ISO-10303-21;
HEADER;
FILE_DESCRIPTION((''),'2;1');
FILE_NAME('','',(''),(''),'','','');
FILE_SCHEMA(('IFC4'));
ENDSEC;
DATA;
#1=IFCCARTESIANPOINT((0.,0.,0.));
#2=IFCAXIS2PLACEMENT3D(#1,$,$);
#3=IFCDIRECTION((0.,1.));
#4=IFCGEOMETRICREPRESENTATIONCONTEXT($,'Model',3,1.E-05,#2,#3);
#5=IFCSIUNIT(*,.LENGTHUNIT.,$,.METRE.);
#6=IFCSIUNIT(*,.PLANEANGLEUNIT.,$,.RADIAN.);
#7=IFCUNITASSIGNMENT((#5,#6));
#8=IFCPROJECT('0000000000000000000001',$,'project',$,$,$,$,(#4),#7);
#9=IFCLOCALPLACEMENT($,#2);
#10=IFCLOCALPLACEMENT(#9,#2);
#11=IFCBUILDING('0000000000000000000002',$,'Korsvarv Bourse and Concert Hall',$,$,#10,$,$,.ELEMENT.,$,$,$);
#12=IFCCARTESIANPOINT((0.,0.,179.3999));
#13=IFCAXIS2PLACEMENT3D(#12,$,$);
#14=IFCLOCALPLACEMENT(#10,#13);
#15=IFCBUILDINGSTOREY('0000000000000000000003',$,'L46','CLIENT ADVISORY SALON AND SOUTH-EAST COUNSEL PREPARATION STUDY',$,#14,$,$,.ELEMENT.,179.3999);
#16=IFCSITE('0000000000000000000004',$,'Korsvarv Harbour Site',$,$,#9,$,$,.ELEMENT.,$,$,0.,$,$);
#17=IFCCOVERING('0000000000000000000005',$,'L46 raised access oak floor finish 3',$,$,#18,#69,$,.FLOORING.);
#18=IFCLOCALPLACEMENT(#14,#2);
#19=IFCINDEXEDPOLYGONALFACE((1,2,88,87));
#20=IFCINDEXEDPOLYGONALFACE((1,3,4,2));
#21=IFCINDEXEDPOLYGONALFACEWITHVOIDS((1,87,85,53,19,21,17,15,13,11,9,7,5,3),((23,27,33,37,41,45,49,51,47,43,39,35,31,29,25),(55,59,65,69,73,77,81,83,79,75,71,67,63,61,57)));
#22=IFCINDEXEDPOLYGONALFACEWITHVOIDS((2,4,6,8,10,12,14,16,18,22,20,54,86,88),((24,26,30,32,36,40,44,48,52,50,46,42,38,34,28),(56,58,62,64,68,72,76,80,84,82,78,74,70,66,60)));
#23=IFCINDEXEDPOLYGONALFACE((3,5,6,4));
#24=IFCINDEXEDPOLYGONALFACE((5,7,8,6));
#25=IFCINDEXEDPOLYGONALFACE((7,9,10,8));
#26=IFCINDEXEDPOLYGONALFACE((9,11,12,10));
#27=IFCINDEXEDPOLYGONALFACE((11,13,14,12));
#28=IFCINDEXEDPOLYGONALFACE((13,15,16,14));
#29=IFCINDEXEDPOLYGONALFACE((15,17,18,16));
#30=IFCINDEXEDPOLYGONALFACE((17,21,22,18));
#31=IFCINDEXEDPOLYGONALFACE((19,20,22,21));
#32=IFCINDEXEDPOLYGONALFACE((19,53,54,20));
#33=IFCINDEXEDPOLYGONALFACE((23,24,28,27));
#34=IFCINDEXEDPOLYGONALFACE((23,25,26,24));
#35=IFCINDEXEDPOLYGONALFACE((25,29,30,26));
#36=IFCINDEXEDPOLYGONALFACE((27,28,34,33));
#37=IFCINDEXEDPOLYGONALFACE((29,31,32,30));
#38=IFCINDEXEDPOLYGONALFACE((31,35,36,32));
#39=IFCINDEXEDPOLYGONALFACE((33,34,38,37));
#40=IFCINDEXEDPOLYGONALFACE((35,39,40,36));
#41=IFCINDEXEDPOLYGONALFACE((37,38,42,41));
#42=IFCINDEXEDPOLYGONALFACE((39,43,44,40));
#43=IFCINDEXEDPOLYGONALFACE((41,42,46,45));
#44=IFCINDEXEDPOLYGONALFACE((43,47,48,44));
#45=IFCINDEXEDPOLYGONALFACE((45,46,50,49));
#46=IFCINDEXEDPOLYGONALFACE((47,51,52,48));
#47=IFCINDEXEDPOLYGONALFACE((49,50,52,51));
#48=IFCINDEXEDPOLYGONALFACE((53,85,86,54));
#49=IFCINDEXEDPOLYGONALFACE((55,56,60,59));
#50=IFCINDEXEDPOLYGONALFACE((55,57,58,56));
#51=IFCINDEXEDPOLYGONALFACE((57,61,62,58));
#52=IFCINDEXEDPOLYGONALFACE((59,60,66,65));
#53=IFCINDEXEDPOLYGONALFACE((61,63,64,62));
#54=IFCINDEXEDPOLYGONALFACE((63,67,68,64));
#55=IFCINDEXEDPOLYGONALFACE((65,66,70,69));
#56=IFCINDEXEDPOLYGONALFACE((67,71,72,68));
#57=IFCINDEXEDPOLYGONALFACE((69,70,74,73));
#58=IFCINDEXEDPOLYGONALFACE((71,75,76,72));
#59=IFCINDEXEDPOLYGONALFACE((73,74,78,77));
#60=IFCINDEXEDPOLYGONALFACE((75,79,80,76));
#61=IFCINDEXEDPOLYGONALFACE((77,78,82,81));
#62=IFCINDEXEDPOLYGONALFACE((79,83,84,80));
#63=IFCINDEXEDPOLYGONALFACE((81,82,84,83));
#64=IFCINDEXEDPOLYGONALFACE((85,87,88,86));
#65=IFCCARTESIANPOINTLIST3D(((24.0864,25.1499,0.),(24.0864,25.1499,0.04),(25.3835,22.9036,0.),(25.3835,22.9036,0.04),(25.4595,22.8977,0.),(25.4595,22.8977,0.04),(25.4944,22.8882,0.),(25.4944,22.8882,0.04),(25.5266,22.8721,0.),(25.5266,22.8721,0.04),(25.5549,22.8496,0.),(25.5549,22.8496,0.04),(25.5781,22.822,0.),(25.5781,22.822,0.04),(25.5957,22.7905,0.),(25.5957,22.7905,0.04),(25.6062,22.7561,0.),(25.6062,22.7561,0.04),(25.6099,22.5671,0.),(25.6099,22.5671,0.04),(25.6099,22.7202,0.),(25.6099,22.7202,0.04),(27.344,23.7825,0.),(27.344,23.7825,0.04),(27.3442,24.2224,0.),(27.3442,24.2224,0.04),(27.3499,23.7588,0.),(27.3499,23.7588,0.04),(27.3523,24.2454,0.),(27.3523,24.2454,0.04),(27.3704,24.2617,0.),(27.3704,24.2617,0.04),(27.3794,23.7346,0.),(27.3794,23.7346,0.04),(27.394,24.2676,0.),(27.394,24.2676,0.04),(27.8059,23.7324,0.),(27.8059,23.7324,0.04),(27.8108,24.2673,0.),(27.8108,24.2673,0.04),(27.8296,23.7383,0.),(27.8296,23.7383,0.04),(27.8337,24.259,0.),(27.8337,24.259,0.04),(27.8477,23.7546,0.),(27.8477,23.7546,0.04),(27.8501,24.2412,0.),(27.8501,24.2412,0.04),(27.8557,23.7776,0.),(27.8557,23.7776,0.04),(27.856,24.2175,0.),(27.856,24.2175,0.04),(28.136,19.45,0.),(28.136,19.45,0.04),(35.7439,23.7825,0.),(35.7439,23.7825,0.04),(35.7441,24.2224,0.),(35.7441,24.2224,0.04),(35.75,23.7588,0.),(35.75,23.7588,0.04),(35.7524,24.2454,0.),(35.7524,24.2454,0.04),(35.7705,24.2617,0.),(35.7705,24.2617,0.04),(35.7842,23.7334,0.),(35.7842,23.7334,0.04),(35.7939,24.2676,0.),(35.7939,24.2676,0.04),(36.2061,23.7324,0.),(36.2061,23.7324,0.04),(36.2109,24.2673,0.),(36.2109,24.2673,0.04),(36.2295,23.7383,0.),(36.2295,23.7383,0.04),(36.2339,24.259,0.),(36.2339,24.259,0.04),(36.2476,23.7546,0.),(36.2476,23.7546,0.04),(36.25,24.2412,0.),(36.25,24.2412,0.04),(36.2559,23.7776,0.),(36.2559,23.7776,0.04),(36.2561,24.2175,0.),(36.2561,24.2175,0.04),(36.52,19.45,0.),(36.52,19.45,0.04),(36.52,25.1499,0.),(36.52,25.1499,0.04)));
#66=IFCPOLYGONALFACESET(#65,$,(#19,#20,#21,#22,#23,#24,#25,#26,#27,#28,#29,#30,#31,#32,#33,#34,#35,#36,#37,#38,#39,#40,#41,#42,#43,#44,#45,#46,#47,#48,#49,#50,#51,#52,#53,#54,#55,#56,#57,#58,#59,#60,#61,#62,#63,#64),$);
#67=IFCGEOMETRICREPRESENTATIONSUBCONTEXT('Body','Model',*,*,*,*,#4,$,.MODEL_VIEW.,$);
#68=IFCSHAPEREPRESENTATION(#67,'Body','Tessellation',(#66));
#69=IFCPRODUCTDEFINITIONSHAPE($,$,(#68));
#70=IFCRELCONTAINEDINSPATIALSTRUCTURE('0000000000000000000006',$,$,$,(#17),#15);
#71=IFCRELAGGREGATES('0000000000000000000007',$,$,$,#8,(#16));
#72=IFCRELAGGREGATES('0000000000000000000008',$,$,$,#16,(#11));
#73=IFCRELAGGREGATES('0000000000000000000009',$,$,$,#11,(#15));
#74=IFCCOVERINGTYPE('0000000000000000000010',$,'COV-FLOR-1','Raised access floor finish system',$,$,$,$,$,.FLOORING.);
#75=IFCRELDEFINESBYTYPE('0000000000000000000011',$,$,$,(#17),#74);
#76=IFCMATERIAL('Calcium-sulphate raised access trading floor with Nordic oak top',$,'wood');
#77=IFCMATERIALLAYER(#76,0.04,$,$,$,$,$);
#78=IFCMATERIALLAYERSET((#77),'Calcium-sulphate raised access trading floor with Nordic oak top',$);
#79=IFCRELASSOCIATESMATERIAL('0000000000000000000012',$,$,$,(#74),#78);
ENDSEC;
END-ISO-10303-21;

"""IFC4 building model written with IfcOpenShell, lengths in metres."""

from ifc_helpers import new_model, si_unit, direction, frame, origin, place, context, subcontext, project, spatial, polyline, outline, extrude, material, layer, layer_set, type_object, element, save


model = new_model("IFC4")

# Units and contexts
model_context = context("Model", 3, precision=1e-05, world=origin(), true_north=direction((0.0, 1.0)))
body_context = subcontext(model_context, "Body", "Model", "MODEL_VIEW")
ifc_project = project(units=[si_unit("LENGTHUNIT", "METRE"), si_unit("PLANEANGLEUNIT", "RADIAN")], contexts=[model_context])

# Site, building, storey
site_placement = place(None, origin())
site = spatial("IfcSite", under=ifc_project, at=site_placement, Name="Korsvarv Harbour Site", CompositionType="ELEMENT", RefElevation=0.0)
building_placement = place(site_placement, origin())
building = spatial("IfcBuilding", under=site, at=building_placement, Name="Korsvarv Bourse and Concert Hall", CompositionType="ELEMENT")
storey_placement = place(building_placement, frame((0.0, 0.0, 179.3999)))
storey = spatial("IfcBuildingStorey", under=building, at=storey_placement, Name="L46", Description="CLIENT ADVISORY SALON AND SOUTH-EAST COUNSEL PREPARATION STUDY", CompositionType="ELEMENT", Elevation=179.3999)

# Covering
ifc_material_1 = material(Name="Calcium-sulphate raised access trading floor with Nordic oak top", Category="wood")
ifc_layer_1 = layer(ifc_material_1, 0.04)
ifc_layer_set_1 = layer_set([ifc_layer_1], Name="Calcium-sulphate raised access trading floor with Nordic oak top")
covering_type_1 = type_object("IfcCoveringType", Name="COV-FLOR-1", Description="Raised access floor finish system", PredefinedType="FLOORING", material=ifc_layer_set_1)
covering_1_placement = place(storey_placement, origin())
element("IfcCovering", 1, at=covering_1_placement, inside=storey, type_object=covering_type_1, Name="L46 raised access oak floor finish 3", PredefinedType="FLOORING", context=body_context, shape_type="SweptSolid", body=[
    extrude(outline(polyline([(28.136, 19.45), (25.6099, 22.5671), (25.6099, 22.7202), (25.6062, 22.7561), (25.5957, 22.7905), (25.5781, 22.822), (25.5549, 22.8496), (25.5266, 22.8721), (25.4944, 22.8882), (25.4595, 22.8977), (25.3835, 22.9036), (24.0864, 25.1499), (36.52, 25.1499), (36.52, 19.45), (28.136, 19.45)]), holes=[polyline([(27.3794, 23.7346), (27.8059, 23.7324), (27.8296, 23.7383), (27.8477, 23.7546), (27.8557, 23.7776), (27.856, 24.2175), (27.8501, 24.2412), (27.8337, 24.259), (27.8108, 24.2673), (27.394, 24.2676), (27.3704, 24.2617), (27.3523, 24.2454), (27.3442, 24.2224), (27.344, 23.7825), (27.3499, 23.7588), (27.3794, 23.7346)]), polyline([(35.7842, 23.7334), (36.2061, 23.7324), (36.2295, 23.7383), (36.2476, 23.7546), (36.2559, 23.7776), (36.2561, 24.2175), (36.25, 24.2412), (36.2339, 24.259), (36.2109, 24.2673), (35.7939, 24.2676), (35.7705, 24.2617), (35.7524, 24.2454), (35.7441, 24.2224), (35.7439, 23.7825), (35.75, 23.7588), (35.7842, 23.7334)])]), origin(), (0.0, 0.0, 1.0), 0.04),
])

save(model, "model.ifc")
